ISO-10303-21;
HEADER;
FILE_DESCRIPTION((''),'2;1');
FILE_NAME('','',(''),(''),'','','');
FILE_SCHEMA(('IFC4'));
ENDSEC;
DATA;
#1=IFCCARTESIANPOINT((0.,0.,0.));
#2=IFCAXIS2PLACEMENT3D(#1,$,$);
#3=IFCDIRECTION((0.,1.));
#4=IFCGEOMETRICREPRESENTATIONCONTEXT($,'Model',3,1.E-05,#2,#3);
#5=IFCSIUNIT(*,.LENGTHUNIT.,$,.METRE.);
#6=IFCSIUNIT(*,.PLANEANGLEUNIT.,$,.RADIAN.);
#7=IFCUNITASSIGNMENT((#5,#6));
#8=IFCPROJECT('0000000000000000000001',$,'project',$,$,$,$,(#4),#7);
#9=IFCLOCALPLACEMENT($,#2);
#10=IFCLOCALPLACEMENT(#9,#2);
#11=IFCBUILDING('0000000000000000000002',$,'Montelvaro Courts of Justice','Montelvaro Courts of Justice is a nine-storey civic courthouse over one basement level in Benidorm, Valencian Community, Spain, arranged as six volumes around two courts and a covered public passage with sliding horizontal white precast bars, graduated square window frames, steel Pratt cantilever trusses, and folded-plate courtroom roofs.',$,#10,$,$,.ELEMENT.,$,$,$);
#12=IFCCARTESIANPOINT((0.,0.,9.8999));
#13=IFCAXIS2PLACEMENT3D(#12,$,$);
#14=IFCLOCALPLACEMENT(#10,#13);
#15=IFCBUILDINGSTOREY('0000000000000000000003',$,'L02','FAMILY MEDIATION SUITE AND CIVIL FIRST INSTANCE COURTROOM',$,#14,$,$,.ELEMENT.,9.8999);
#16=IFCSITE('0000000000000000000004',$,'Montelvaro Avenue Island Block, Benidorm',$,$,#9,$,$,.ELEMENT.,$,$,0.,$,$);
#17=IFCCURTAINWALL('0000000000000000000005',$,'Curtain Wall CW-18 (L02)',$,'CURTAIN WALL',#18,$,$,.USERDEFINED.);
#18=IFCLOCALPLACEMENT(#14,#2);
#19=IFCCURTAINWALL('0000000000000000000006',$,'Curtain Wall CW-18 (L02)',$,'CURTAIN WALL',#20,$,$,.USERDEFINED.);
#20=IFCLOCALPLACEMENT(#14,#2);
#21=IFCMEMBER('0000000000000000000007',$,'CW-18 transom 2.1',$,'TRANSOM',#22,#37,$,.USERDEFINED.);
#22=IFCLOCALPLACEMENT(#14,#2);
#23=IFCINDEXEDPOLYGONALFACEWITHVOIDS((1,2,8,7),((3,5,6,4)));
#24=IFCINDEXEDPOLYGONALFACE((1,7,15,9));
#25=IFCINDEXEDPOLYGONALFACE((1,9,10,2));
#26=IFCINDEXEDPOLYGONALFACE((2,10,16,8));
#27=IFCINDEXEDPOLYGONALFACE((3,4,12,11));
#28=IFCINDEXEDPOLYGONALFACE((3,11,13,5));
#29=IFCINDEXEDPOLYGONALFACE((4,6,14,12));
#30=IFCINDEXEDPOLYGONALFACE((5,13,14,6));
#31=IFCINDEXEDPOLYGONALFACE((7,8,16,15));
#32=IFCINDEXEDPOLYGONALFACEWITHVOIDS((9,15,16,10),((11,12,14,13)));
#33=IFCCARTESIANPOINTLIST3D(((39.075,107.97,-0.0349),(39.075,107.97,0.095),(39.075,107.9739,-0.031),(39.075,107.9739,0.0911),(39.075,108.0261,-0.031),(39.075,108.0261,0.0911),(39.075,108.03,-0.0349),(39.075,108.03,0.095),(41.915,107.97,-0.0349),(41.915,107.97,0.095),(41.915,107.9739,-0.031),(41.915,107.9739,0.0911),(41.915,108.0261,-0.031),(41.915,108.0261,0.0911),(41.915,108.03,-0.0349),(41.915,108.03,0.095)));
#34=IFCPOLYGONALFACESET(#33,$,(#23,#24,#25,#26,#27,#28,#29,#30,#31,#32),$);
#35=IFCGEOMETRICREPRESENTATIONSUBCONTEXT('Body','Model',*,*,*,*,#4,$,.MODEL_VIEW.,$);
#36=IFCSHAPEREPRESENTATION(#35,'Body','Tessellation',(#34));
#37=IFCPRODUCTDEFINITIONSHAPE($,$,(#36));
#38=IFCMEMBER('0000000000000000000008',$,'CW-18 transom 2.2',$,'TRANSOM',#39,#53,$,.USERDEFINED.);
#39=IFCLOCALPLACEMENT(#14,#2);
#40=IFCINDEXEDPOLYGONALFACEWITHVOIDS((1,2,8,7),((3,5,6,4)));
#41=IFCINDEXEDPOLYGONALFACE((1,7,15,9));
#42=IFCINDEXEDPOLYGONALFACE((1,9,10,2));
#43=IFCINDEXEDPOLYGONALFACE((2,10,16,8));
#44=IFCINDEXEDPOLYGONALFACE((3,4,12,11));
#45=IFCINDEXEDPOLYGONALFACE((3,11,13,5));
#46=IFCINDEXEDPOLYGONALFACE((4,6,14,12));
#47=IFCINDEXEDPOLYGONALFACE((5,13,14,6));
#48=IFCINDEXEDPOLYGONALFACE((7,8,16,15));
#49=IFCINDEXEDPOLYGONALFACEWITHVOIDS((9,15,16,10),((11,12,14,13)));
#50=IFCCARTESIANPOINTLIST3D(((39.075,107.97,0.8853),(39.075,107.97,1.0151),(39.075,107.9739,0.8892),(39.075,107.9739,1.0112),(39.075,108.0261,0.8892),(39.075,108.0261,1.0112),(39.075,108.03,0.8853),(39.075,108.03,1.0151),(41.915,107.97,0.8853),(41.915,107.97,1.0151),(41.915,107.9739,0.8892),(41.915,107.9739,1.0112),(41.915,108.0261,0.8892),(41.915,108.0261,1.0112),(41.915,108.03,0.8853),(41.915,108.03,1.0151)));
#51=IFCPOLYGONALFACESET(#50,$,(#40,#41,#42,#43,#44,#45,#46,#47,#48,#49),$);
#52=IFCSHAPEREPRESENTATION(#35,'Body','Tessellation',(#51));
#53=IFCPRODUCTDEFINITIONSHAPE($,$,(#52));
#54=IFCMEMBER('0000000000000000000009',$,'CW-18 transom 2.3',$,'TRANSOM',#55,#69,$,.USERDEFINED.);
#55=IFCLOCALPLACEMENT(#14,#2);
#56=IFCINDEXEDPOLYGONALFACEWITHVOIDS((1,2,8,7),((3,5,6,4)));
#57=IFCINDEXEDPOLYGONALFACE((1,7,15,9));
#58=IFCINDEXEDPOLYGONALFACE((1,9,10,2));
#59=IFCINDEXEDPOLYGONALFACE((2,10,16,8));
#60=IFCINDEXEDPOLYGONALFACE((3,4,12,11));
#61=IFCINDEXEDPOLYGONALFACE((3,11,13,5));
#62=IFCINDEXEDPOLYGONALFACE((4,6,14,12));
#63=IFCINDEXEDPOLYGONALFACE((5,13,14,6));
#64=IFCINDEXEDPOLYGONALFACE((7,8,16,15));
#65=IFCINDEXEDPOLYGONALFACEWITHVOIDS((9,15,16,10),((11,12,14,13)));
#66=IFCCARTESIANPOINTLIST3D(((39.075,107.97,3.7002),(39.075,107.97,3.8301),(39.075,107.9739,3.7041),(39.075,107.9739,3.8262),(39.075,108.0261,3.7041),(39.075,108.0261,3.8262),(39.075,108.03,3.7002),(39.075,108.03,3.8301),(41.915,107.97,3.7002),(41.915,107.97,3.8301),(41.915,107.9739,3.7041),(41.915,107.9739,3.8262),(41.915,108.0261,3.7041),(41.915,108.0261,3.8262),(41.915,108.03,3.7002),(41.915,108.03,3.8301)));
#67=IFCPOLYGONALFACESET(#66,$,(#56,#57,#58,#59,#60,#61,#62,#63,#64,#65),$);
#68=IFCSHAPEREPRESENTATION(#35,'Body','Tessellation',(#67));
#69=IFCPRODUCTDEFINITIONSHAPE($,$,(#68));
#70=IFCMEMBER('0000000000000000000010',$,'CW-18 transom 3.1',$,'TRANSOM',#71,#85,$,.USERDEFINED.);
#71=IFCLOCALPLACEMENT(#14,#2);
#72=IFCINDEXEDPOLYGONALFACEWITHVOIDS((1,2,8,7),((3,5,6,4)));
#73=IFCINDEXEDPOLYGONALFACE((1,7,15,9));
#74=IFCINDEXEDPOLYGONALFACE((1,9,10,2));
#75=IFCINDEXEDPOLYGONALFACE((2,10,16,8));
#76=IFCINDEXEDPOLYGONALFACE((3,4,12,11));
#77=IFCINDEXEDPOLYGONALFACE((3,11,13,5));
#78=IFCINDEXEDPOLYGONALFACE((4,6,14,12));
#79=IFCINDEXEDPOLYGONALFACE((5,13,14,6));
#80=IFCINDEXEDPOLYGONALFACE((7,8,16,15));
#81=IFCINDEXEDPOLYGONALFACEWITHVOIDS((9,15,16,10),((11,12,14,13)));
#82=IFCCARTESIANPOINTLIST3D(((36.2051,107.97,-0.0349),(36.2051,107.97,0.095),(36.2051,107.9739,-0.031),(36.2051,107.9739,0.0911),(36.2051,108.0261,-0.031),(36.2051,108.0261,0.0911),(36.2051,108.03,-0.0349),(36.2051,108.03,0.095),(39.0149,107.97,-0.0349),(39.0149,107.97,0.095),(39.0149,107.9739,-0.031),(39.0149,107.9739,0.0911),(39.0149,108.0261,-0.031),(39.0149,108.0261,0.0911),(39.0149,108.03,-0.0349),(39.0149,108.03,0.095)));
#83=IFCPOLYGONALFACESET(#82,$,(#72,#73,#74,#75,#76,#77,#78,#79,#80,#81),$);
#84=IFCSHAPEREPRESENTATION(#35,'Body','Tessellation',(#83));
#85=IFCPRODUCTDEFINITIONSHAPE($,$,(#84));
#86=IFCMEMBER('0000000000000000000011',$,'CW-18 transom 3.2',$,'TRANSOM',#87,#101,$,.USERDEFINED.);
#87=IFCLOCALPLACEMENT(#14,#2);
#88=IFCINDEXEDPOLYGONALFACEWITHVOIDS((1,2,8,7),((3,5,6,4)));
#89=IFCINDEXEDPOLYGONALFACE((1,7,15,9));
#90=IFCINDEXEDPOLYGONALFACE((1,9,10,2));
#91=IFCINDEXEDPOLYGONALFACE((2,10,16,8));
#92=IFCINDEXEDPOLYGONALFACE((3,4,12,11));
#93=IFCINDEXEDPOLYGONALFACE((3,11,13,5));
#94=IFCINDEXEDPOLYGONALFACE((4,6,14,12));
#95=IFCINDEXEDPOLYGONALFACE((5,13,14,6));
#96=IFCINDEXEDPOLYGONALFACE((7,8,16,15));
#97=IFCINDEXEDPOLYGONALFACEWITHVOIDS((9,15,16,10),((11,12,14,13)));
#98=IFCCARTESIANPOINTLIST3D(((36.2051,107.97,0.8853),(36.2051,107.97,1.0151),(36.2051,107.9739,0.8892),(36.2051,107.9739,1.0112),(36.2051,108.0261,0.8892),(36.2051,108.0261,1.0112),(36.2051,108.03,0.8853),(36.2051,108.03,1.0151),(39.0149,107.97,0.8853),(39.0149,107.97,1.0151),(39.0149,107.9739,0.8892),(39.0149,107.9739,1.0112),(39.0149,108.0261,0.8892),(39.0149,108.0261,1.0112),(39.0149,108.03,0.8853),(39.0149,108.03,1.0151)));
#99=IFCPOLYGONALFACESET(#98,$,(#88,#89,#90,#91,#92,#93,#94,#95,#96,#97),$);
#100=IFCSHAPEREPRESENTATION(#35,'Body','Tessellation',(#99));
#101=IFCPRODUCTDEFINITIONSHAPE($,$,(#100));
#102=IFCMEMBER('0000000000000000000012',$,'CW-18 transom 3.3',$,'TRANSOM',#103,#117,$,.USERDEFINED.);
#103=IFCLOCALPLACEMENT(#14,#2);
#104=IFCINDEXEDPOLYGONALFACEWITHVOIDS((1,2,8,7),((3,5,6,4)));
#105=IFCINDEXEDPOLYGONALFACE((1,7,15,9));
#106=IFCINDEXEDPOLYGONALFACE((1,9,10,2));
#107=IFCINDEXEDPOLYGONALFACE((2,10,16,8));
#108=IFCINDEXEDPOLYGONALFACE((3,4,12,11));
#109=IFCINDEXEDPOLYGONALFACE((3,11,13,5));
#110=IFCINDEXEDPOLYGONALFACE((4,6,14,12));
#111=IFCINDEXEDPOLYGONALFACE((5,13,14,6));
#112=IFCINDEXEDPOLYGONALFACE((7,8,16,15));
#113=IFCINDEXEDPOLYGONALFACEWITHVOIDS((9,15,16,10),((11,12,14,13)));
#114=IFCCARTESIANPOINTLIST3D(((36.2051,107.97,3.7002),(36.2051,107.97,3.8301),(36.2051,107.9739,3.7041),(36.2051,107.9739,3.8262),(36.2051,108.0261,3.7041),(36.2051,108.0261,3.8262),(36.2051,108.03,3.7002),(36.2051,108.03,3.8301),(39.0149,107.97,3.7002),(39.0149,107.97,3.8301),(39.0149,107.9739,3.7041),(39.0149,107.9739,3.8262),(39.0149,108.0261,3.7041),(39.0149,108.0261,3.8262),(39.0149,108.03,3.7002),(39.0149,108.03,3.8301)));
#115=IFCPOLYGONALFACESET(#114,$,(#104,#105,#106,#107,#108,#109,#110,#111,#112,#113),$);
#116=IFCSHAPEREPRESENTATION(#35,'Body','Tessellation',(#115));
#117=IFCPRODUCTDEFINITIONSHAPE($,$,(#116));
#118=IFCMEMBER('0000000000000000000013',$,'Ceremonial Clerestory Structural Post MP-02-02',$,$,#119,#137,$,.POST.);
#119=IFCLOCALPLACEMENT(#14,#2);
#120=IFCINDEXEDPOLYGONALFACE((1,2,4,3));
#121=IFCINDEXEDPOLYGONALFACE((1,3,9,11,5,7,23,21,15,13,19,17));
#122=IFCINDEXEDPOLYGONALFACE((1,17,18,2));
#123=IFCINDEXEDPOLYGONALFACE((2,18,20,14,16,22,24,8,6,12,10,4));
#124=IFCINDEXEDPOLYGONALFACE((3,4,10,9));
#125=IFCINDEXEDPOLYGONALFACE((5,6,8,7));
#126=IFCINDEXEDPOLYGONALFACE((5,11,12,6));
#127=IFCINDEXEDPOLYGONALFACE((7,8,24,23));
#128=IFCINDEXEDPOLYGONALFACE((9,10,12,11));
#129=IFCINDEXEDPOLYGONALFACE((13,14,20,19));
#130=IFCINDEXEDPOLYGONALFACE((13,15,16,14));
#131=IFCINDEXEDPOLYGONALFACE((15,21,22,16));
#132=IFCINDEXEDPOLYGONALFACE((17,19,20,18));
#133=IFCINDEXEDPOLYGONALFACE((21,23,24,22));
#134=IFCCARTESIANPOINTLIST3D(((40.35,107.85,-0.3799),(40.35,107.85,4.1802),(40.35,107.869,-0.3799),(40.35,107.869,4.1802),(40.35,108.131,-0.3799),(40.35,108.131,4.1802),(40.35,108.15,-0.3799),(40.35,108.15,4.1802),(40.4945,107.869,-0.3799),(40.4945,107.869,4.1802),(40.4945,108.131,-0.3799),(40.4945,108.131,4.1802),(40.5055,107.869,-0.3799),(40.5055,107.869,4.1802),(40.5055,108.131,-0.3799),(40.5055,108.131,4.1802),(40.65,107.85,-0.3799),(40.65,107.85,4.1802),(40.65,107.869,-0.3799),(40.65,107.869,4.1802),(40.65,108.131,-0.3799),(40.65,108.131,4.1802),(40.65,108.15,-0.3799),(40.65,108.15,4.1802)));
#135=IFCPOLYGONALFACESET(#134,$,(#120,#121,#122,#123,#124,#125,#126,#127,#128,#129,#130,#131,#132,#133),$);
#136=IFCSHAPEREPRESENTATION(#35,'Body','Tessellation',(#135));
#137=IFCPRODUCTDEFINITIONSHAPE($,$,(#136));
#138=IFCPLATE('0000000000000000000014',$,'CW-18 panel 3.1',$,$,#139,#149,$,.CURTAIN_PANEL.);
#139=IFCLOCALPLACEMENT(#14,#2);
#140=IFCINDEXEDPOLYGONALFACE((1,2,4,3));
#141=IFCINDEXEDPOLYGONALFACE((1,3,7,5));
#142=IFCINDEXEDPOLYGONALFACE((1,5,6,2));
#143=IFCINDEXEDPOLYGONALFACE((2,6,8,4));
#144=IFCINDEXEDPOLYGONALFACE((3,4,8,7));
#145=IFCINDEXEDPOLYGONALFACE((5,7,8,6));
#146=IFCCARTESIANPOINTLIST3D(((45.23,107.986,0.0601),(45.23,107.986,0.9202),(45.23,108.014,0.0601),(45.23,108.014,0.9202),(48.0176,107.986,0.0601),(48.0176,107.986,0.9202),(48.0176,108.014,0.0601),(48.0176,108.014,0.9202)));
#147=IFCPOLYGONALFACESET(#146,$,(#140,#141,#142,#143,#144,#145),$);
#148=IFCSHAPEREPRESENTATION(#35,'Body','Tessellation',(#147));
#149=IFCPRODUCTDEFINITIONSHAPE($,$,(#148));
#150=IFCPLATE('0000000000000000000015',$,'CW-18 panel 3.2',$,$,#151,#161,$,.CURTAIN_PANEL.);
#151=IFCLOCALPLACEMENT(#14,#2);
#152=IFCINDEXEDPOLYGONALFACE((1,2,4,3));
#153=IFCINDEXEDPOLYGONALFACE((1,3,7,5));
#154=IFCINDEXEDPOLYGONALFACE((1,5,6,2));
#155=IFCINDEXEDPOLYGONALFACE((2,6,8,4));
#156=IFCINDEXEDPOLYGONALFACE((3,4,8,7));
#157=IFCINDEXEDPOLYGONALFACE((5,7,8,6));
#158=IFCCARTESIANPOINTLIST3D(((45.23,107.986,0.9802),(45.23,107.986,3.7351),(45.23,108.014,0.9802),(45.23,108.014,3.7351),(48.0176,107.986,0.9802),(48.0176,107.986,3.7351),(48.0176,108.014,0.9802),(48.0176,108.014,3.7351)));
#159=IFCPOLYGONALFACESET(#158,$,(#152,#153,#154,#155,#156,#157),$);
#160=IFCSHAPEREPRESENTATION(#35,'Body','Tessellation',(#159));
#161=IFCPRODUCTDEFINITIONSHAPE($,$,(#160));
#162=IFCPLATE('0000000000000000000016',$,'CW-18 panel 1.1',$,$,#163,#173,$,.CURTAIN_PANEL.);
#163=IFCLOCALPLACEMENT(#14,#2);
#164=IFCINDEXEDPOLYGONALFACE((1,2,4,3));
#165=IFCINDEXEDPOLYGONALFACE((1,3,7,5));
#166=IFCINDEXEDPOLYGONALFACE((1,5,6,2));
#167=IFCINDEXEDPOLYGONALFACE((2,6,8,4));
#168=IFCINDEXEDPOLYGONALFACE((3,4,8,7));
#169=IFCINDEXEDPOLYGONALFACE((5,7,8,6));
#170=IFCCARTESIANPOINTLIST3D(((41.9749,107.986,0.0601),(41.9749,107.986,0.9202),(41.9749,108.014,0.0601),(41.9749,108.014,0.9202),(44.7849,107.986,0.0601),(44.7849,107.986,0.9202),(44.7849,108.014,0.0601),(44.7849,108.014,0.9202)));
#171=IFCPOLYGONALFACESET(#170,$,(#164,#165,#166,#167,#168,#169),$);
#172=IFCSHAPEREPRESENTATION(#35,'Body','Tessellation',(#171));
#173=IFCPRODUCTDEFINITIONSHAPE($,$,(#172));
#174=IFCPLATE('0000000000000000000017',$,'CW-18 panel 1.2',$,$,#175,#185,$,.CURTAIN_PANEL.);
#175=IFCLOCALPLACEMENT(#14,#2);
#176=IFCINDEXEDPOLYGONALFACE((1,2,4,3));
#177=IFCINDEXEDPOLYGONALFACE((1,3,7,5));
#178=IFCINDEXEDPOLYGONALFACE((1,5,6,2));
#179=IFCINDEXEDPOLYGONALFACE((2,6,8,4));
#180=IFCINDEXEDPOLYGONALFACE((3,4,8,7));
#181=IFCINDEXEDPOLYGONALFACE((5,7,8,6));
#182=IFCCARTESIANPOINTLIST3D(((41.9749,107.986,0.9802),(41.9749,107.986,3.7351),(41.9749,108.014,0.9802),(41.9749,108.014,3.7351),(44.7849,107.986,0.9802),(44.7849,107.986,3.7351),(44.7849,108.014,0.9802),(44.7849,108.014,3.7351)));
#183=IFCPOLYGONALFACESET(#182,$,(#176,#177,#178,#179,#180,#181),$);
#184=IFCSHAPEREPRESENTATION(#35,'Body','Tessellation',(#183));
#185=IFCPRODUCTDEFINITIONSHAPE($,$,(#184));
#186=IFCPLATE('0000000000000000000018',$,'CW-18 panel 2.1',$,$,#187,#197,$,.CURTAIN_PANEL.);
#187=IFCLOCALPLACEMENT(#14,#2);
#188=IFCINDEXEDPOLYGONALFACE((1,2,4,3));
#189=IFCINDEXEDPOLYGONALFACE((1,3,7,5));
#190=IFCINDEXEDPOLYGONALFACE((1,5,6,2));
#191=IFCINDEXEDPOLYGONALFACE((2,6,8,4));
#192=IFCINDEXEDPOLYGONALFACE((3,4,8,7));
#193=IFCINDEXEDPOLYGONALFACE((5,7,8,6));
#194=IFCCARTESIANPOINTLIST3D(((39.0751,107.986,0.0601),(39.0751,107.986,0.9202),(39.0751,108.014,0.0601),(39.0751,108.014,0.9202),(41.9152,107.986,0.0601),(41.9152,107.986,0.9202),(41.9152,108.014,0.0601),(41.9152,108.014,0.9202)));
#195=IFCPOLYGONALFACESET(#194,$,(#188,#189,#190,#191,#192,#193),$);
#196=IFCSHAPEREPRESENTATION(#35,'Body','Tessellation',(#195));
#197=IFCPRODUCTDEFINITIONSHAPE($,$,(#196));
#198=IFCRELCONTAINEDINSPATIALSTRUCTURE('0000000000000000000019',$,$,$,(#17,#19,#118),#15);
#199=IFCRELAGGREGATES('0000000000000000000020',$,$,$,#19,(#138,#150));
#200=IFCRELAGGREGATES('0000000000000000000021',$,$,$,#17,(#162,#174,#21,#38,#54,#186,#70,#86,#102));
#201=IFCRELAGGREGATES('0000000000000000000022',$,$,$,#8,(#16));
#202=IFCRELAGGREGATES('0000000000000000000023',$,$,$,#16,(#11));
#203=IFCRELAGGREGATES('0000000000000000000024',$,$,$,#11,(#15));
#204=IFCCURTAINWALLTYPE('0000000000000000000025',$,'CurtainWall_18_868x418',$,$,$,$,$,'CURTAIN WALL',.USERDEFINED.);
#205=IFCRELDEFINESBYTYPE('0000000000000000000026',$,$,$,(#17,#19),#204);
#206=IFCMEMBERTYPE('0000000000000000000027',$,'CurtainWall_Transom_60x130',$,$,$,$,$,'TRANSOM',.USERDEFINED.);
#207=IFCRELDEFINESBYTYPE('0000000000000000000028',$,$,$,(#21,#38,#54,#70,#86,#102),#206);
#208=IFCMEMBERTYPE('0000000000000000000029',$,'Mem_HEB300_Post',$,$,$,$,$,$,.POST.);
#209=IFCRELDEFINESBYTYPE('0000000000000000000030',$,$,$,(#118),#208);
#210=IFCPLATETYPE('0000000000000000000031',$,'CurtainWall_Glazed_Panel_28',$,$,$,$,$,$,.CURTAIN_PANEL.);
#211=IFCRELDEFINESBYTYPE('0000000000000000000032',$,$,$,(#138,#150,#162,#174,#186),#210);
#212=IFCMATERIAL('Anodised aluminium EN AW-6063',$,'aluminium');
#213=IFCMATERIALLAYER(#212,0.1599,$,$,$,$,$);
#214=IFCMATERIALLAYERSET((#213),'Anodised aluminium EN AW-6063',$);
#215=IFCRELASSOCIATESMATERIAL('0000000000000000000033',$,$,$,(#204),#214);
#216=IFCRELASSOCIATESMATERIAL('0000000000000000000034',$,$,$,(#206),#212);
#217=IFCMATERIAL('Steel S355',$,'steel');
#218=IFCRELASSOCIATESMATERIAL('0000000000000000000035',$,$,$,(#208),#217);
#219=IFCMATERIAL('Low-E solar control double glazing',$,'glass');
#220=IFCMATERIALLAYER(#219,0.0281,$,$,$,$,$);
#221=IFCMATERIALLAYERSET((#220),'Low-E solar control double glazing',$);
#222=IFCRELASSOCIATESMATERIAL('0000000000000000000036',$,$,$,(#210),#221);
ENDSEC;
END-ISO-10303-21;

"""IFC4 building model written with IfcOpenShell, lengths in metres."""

from ifc_helpers import new_model, si_unit, direction, frame, origin, origin_2d, place, context, subcontext, project, spatial, rectangle, hollow_rectangle, i_section, extrude, material, layer, layer_set, material_profile, profile_set, type_object, element, aggregate, save


model = new_model("IFC4")

# Units and contexts
model_context = context("Model", 3, precision=1e-05, world=origin(), true_north=direction((0.0, 1.0)))
body_context = subcontext(model_context, "Body", "Model", "MODEL_VIEW")
ifc_project = project(units=[si_unit("LENGTHUNIT", "METRE"), si_unit("PLANEANGLEUNIT", "RADIAN")], contexts=[model_context])

# Site, building, storey
site_placement = place(None, origin())
site = spatial("IfcSite", under=ifc_project, at=site_placement, Name="Montelvaro Avenue Island Block, Benidorm", CompositionType="ELEMENT", RefElevation=0.0)
building_placement = place(site_placement, origin())
building = spatial("IfcBuilding", under=site, at=building_placement, Name="Montelvaro Courts of Justice", Description="Montelvaro Courts of Justice is a nine-storey civic courthouse over one basement level in Benidorm, Valencian Community, Spain, arranged as six volumes around two courts and a covered public passage with sliding horizontal white precast bars, graduated square window frames, steel Pratt cantilever trusses, and folded-plate courtroom roofs.", CompositionType="ELEMENT")
storey_placement = place(building_placement, frame((0.0, 0.0, 9.8999)))
storey = spatial("IfcBuildingStorey", under=building, at=storey_placement, Name="L02", Description="FAMILY MEDIATION SUITE AND CIVIL FIRST INSTANCE COURTROOM", CompositionType="ELEMENT", Elevation=9.8999)

# Shared definitions
ifc_material_1 = material(Name="Steel S355", Category="steel")

# Curtain walls
ifc_material_2 = material(Name="Anodised aluminium EN AW-6063", Category="aluminium")
ifc_layer_1 = layer(ifc_material_2, 0.1599)
ifc_layer_set_1 = layer_set([ifc_layer_1], Name="Anodised aluminium EN AW-6063")
curtain_wall_type = type_object("IfcCurtainWallType", Name="CurtainWall_18_868x418", ElementType="CURTAIN WALL", PredefinedType="USERDEFINED", material=ifc_layer_set_1)
curtain_wall_1_placement = place(storey_placement, origin())
curtain_wall_1 = element("IfcCurtainWall", 1, at=curtain_wall_1_placement, inside=storey, type_object=curtain_wall_type, Name="Curtain Wall CW-18 (L02)", ObjectType="CURTAIN WALL", PredefinedType="USERDEFINED")
curtain_wall_2_placement = place(storey_placement, origin())
curtain_wall_2 = element("IfcCurtainWall", 2, at=curtain_wall_2_placement, inside=storey, type_object=curtain_wall_type, Name="Curtain Wall CW-18 (L02)", ObjectType="CURTAIN WALL", PredefinedType="USERDEFINED")

# Members
ifc_material_profile_1 = material_profile(ifc_material_2, hollow_rectangle(XDim=0.0601, YDim=0.1299, WallThickness=0.0039, at=origin_2d()), Name="ALU-T 60x130")
ifc_profile_set_1 = profile_set([ifc_material_profile_1], Name="Anodised aluminium EN AW-6063")
member_type_1 = type_object("IfcMemberType", Name="CurtainWall_Transom_60x130", ElementType="TRANSOM", PredefinedType="USERDEFINED", material=ifc_profile_set_1)
member_1_placement = place(storey_placement, frame((41.915, 108.0, 0.03), z_axis=(-1.0, 0.0, 0.0), x_axis=(0.0, -1.0, 0.0)))
member_1 = element("IfcMember", 3, at=member_1_placement, type_object=member_type_1, Name="CW-18 transom 2.1", ObjectType="TRANSOM", PredefinedType="USERDEFINED", context=body_context, shape_type="SweptSolid", body=[
    extrude(hollow_rectangle(XDim=0.0601, YDim=0.1299, WallThickness=0.0039, at=origin_2d()), origin(), (0.0, 0.0, 1.0), 2.8401),
])
member_2_placement = place(storey_placement, frame((41.915, 108.0, 0.9502), z_axis=(-1.0, 0.0, 0.0), x_axis=(0.0, -1.0, 0.0)))
member_2 = element("IfcMember", 4, at=member_2_placement, type_object=member_type_1, Name="CW-18 transom 2.2", ObjectType="TRANSOM", PredefinedType="USERDEFINED", context=body_context, shape_type="SweptSolid", body=[
    extrude(hollow_rectangle(XDim=0.0601, YDim=0.1299, WallThickness=0.0039, at=origin_2d()), origin(), (0.0, 0.0, 1.0), 2.8401),
])
member_3_placement = place(storey_placement, frame((41.915, 108.0, 3.7651), z_axis=(-1.0, 0.0, 0.0), x_axis=(0.0, -1.0, 0.0)))
member_3 = element("IfcMember", 5, at=member_3_placement, type_object=member_type_1, Name="CW-18 transom 2.3", ObjectType="TRANSOM", PredefinedType="USERDEFINED", context=body_context, shape_type="SweptSolid", body=[
    extrude(hollow_rectangle(XDim=0.0601, YDim=0.1299, WallThickness=0.0039, at=origin_2d()), origin(), (0.0, 0.0, 1.0), 2.8401),
])
member_4_placement = place(storey_placement, frame((39.0149, 108.0, 0.03), z_axis=(-1.0, 0.0, 0.0), x_axis=(0.0, -1.0, 0.0)))
member_4 = element("IfcMember", 6, at=member_4_placement, type_object=member_type_1, Name="CW-18 transom 3.1", ObjectType="TRANSOM", PredefinedType="USERDEFINED", context=body_context, shape_type="SweptSolid", body=[
    extrude(hollow_rectangle(XDim=0.0601, YDim=0.1299, WallThickness=0.0039, at=origin_2d()), origin(), (0.0, 0.0, 1.0), 2.8098),
])
member_5_placement = place(storey_placement, frame((39.0149, 108.0, 0.9502), z_axis=(-1.0, 0.0, 0.0), x_axis=(0.0, -1.0, 0.0)))
member_5 = element("IfcMember", 7, at=member_5_placement, type_object=member_type_1, Name="CW-18 transom 3.2", ObjectType="TRANSOM", PredefinedType="USERDEFINED", context=body_context, shape_type="SweptSolid", body=[
    extrude(hollow_rectangle(XDim=0.0601, YDim=0.1299, WallThickness=0.0039, at=origin_2d()), origin(), (0.0, 0.0, 1.0), 2.8098),
])
member_6_placement = place(storey_placement, frame((39.0149, 108.0, 3.7651), z_axis=(-1.0, 0.0, 0.0), x_axis=(0.0, -1.0, 0.0)))
member_6 = element("IfcMember", 8, at=member_6_placement, type_object=member_type_1, Name="CW-18 transom 3.3", ObjectType="TRANSOM", PredefinedType="USERDEFINED", context=body_context, shape_type="SweptSolid", body=[
    extrude(hollow_rectangle(XDim=0.0601, YDim=0.1299, WallThickness=0.0039, at=origin_2d()), origin(), (0.0, 0.0, 1.0), 2.8098),
])
ifc_material_profile_2 = material_profile(ifc_material_1, i_section(OverallWidth=0.3, OverallDepth=0.3, WebThickness=0.011, FlangeThickness=0.019, at=origin_2d()), Name="HEB 300")
ifc_profile_set_2 = profile_set([ifc_material_profile_2], Name="Steel S355")
member_type_2 = type_object("IfcMemberType", Name="Mem_HEB300_Post", PredefinedType="POST", material=ifc_profile_set_2)
member_7_placement = place(storey_placement, frame((40.5, 108.0, -0.3799), z_axis=(0.0, 0.0, 1.0), x_axis=(1.0, 0.0, 0.0)))
element("IfcMember", 9, at=member_7_placement, inside=storey, type_object=member_type_2, Name="Ceremonial Clerestory Structural Post MP-02-02", PredefinedType="POST", context=body_context, shape_type="SweptSolid", body=[
    extrude(i_section(OverallWidth=0.3, OverallDepth=0.3, WebThickness=0.011, FlangeThickness=0.019, at=origin_2d()), origin(), (0.0, 0.0, 1.0), 4.5601),
])

# Plates
ifc_material_3 = material(Name="Low-E solar control double glazing", Category="glass")
ifc_layer_2 = layer(ifc_material_3, 0.0281)
ifc_layer_set_2 = layer_set([ifc_layer_2], Name="Low-E solar control double glazing")
plate_type = type_object("IfcPlateType", Name="CurtainWall_Glazed_Panel_28", PredefinedType="CURTAIN_PANEL", material=ifc_layer_set_2)
plate_1_placement = place(storey_placement, frame((46.6238, 108.0, 0.0601), z_axis=(0.0, 0.0, 1.0), x_axis=(-1.0, 0.0, 0.0)))
plate_1 = element("IfcPlate", 10, at=plate_1_placement, type_object=plate_type, Name="CW-18 panel 3.1", PredefinedType="CURTAIN_PANEL", context=body_context, shape_type="SweptSolid", body=[
    extrude(rectangle(XDim=2.7876, YDim=0.0281, at=origin_2d()), origin(), (0.0, 0.0, 1.0), 0.8601),
])
plate_2_placement = place(storey_placement, frame((46.6238, 108.0, 0.9802), z_axis=(0.0, 0.0, 1.0), x_axis=(-1.0, 0.0, 0.0)))
plate_2 = element("IfcPlate", 11, at=plate_2_placement, type_object=plate_type, Name="CW-18 panel 3.2", PredefinedType="CURTAIN_PANEL", context=body_context, shape_type="SweptSolid", body=[
    extrude(rectangle(XDim=2.7876, YDim=0.0281, at=origin_2d()), origin(), (0.0, 0.0, 1.0), 2.7549),
])
aggregate(curtain_wall_2, [plate_1, plate_2])
plate_3_placement = place(storey_placement, frame((43.3799, 108.0, 0.0601), z_axis=(0.0, 0.0, 1.0), x_axis=(-1.0, 0.0, 0.0)))
plate_3 = element("IfcPlate", 12, at=plate_3_placement, type_object=plate_type, Name="CW-18 panel 1.1", PredefinedType="CURTAIN_PANEL", context=body_context, shape_type="SweptSolid", body=[
    extrude(rectangle(XDim=2.8101, YDim=0.0281, at=origin_2d()), origin(), (0.0, 0.0, 1.0), 0.8601),
])
plate_4_placement = place(storey_placement, frame((43.3799, 108.0, 0.9802), z_axis=(0.0, 0.0, 1.0), x_axis=(-1.0, 0.0, 0.0)))
plate_4 = element("IfcPlate", 13, at=plate_4_placement, type_object=plate_type, Name="CW-18 panel 1.2", PredefinedType="CURTAIN_PANEL", context=body_context, shape_type="SweptSolid", body=[
    extrude(rectangle(XDim=2.8101, YDim=0.0281, at=origin_2d()), origin(), (0.0, 0.0, 1.0), 2.7549),
])
plate_5_placement = place(storey_placement, frame((40.4951, 108.0, 0.0601), z_axis=(0.0, 0.0, 1.0), x_axis=(-1.0, 0.0, 0.0)))
plate_5 = element("IfcPlate", 14, at=plate_5_placement, type_object=plate_type, Name="CW-18 panel 2.1", PredefinedType="CURTAIN_PANEL", context=body_context, shape_type="SweptSolid", body=[
    extrude(rectangle(XDim=2.8401, YDim=0.0281, at=origin_2d()), origin(), (0.0, 0.0, 1.0), 0.8601),
])
aggregate(curtain_wall_1, [plate_3, plate_4, member_1, member_2, member_3, plate_5, member_4, member_5, member_6])

save(model, "model.ifc")
